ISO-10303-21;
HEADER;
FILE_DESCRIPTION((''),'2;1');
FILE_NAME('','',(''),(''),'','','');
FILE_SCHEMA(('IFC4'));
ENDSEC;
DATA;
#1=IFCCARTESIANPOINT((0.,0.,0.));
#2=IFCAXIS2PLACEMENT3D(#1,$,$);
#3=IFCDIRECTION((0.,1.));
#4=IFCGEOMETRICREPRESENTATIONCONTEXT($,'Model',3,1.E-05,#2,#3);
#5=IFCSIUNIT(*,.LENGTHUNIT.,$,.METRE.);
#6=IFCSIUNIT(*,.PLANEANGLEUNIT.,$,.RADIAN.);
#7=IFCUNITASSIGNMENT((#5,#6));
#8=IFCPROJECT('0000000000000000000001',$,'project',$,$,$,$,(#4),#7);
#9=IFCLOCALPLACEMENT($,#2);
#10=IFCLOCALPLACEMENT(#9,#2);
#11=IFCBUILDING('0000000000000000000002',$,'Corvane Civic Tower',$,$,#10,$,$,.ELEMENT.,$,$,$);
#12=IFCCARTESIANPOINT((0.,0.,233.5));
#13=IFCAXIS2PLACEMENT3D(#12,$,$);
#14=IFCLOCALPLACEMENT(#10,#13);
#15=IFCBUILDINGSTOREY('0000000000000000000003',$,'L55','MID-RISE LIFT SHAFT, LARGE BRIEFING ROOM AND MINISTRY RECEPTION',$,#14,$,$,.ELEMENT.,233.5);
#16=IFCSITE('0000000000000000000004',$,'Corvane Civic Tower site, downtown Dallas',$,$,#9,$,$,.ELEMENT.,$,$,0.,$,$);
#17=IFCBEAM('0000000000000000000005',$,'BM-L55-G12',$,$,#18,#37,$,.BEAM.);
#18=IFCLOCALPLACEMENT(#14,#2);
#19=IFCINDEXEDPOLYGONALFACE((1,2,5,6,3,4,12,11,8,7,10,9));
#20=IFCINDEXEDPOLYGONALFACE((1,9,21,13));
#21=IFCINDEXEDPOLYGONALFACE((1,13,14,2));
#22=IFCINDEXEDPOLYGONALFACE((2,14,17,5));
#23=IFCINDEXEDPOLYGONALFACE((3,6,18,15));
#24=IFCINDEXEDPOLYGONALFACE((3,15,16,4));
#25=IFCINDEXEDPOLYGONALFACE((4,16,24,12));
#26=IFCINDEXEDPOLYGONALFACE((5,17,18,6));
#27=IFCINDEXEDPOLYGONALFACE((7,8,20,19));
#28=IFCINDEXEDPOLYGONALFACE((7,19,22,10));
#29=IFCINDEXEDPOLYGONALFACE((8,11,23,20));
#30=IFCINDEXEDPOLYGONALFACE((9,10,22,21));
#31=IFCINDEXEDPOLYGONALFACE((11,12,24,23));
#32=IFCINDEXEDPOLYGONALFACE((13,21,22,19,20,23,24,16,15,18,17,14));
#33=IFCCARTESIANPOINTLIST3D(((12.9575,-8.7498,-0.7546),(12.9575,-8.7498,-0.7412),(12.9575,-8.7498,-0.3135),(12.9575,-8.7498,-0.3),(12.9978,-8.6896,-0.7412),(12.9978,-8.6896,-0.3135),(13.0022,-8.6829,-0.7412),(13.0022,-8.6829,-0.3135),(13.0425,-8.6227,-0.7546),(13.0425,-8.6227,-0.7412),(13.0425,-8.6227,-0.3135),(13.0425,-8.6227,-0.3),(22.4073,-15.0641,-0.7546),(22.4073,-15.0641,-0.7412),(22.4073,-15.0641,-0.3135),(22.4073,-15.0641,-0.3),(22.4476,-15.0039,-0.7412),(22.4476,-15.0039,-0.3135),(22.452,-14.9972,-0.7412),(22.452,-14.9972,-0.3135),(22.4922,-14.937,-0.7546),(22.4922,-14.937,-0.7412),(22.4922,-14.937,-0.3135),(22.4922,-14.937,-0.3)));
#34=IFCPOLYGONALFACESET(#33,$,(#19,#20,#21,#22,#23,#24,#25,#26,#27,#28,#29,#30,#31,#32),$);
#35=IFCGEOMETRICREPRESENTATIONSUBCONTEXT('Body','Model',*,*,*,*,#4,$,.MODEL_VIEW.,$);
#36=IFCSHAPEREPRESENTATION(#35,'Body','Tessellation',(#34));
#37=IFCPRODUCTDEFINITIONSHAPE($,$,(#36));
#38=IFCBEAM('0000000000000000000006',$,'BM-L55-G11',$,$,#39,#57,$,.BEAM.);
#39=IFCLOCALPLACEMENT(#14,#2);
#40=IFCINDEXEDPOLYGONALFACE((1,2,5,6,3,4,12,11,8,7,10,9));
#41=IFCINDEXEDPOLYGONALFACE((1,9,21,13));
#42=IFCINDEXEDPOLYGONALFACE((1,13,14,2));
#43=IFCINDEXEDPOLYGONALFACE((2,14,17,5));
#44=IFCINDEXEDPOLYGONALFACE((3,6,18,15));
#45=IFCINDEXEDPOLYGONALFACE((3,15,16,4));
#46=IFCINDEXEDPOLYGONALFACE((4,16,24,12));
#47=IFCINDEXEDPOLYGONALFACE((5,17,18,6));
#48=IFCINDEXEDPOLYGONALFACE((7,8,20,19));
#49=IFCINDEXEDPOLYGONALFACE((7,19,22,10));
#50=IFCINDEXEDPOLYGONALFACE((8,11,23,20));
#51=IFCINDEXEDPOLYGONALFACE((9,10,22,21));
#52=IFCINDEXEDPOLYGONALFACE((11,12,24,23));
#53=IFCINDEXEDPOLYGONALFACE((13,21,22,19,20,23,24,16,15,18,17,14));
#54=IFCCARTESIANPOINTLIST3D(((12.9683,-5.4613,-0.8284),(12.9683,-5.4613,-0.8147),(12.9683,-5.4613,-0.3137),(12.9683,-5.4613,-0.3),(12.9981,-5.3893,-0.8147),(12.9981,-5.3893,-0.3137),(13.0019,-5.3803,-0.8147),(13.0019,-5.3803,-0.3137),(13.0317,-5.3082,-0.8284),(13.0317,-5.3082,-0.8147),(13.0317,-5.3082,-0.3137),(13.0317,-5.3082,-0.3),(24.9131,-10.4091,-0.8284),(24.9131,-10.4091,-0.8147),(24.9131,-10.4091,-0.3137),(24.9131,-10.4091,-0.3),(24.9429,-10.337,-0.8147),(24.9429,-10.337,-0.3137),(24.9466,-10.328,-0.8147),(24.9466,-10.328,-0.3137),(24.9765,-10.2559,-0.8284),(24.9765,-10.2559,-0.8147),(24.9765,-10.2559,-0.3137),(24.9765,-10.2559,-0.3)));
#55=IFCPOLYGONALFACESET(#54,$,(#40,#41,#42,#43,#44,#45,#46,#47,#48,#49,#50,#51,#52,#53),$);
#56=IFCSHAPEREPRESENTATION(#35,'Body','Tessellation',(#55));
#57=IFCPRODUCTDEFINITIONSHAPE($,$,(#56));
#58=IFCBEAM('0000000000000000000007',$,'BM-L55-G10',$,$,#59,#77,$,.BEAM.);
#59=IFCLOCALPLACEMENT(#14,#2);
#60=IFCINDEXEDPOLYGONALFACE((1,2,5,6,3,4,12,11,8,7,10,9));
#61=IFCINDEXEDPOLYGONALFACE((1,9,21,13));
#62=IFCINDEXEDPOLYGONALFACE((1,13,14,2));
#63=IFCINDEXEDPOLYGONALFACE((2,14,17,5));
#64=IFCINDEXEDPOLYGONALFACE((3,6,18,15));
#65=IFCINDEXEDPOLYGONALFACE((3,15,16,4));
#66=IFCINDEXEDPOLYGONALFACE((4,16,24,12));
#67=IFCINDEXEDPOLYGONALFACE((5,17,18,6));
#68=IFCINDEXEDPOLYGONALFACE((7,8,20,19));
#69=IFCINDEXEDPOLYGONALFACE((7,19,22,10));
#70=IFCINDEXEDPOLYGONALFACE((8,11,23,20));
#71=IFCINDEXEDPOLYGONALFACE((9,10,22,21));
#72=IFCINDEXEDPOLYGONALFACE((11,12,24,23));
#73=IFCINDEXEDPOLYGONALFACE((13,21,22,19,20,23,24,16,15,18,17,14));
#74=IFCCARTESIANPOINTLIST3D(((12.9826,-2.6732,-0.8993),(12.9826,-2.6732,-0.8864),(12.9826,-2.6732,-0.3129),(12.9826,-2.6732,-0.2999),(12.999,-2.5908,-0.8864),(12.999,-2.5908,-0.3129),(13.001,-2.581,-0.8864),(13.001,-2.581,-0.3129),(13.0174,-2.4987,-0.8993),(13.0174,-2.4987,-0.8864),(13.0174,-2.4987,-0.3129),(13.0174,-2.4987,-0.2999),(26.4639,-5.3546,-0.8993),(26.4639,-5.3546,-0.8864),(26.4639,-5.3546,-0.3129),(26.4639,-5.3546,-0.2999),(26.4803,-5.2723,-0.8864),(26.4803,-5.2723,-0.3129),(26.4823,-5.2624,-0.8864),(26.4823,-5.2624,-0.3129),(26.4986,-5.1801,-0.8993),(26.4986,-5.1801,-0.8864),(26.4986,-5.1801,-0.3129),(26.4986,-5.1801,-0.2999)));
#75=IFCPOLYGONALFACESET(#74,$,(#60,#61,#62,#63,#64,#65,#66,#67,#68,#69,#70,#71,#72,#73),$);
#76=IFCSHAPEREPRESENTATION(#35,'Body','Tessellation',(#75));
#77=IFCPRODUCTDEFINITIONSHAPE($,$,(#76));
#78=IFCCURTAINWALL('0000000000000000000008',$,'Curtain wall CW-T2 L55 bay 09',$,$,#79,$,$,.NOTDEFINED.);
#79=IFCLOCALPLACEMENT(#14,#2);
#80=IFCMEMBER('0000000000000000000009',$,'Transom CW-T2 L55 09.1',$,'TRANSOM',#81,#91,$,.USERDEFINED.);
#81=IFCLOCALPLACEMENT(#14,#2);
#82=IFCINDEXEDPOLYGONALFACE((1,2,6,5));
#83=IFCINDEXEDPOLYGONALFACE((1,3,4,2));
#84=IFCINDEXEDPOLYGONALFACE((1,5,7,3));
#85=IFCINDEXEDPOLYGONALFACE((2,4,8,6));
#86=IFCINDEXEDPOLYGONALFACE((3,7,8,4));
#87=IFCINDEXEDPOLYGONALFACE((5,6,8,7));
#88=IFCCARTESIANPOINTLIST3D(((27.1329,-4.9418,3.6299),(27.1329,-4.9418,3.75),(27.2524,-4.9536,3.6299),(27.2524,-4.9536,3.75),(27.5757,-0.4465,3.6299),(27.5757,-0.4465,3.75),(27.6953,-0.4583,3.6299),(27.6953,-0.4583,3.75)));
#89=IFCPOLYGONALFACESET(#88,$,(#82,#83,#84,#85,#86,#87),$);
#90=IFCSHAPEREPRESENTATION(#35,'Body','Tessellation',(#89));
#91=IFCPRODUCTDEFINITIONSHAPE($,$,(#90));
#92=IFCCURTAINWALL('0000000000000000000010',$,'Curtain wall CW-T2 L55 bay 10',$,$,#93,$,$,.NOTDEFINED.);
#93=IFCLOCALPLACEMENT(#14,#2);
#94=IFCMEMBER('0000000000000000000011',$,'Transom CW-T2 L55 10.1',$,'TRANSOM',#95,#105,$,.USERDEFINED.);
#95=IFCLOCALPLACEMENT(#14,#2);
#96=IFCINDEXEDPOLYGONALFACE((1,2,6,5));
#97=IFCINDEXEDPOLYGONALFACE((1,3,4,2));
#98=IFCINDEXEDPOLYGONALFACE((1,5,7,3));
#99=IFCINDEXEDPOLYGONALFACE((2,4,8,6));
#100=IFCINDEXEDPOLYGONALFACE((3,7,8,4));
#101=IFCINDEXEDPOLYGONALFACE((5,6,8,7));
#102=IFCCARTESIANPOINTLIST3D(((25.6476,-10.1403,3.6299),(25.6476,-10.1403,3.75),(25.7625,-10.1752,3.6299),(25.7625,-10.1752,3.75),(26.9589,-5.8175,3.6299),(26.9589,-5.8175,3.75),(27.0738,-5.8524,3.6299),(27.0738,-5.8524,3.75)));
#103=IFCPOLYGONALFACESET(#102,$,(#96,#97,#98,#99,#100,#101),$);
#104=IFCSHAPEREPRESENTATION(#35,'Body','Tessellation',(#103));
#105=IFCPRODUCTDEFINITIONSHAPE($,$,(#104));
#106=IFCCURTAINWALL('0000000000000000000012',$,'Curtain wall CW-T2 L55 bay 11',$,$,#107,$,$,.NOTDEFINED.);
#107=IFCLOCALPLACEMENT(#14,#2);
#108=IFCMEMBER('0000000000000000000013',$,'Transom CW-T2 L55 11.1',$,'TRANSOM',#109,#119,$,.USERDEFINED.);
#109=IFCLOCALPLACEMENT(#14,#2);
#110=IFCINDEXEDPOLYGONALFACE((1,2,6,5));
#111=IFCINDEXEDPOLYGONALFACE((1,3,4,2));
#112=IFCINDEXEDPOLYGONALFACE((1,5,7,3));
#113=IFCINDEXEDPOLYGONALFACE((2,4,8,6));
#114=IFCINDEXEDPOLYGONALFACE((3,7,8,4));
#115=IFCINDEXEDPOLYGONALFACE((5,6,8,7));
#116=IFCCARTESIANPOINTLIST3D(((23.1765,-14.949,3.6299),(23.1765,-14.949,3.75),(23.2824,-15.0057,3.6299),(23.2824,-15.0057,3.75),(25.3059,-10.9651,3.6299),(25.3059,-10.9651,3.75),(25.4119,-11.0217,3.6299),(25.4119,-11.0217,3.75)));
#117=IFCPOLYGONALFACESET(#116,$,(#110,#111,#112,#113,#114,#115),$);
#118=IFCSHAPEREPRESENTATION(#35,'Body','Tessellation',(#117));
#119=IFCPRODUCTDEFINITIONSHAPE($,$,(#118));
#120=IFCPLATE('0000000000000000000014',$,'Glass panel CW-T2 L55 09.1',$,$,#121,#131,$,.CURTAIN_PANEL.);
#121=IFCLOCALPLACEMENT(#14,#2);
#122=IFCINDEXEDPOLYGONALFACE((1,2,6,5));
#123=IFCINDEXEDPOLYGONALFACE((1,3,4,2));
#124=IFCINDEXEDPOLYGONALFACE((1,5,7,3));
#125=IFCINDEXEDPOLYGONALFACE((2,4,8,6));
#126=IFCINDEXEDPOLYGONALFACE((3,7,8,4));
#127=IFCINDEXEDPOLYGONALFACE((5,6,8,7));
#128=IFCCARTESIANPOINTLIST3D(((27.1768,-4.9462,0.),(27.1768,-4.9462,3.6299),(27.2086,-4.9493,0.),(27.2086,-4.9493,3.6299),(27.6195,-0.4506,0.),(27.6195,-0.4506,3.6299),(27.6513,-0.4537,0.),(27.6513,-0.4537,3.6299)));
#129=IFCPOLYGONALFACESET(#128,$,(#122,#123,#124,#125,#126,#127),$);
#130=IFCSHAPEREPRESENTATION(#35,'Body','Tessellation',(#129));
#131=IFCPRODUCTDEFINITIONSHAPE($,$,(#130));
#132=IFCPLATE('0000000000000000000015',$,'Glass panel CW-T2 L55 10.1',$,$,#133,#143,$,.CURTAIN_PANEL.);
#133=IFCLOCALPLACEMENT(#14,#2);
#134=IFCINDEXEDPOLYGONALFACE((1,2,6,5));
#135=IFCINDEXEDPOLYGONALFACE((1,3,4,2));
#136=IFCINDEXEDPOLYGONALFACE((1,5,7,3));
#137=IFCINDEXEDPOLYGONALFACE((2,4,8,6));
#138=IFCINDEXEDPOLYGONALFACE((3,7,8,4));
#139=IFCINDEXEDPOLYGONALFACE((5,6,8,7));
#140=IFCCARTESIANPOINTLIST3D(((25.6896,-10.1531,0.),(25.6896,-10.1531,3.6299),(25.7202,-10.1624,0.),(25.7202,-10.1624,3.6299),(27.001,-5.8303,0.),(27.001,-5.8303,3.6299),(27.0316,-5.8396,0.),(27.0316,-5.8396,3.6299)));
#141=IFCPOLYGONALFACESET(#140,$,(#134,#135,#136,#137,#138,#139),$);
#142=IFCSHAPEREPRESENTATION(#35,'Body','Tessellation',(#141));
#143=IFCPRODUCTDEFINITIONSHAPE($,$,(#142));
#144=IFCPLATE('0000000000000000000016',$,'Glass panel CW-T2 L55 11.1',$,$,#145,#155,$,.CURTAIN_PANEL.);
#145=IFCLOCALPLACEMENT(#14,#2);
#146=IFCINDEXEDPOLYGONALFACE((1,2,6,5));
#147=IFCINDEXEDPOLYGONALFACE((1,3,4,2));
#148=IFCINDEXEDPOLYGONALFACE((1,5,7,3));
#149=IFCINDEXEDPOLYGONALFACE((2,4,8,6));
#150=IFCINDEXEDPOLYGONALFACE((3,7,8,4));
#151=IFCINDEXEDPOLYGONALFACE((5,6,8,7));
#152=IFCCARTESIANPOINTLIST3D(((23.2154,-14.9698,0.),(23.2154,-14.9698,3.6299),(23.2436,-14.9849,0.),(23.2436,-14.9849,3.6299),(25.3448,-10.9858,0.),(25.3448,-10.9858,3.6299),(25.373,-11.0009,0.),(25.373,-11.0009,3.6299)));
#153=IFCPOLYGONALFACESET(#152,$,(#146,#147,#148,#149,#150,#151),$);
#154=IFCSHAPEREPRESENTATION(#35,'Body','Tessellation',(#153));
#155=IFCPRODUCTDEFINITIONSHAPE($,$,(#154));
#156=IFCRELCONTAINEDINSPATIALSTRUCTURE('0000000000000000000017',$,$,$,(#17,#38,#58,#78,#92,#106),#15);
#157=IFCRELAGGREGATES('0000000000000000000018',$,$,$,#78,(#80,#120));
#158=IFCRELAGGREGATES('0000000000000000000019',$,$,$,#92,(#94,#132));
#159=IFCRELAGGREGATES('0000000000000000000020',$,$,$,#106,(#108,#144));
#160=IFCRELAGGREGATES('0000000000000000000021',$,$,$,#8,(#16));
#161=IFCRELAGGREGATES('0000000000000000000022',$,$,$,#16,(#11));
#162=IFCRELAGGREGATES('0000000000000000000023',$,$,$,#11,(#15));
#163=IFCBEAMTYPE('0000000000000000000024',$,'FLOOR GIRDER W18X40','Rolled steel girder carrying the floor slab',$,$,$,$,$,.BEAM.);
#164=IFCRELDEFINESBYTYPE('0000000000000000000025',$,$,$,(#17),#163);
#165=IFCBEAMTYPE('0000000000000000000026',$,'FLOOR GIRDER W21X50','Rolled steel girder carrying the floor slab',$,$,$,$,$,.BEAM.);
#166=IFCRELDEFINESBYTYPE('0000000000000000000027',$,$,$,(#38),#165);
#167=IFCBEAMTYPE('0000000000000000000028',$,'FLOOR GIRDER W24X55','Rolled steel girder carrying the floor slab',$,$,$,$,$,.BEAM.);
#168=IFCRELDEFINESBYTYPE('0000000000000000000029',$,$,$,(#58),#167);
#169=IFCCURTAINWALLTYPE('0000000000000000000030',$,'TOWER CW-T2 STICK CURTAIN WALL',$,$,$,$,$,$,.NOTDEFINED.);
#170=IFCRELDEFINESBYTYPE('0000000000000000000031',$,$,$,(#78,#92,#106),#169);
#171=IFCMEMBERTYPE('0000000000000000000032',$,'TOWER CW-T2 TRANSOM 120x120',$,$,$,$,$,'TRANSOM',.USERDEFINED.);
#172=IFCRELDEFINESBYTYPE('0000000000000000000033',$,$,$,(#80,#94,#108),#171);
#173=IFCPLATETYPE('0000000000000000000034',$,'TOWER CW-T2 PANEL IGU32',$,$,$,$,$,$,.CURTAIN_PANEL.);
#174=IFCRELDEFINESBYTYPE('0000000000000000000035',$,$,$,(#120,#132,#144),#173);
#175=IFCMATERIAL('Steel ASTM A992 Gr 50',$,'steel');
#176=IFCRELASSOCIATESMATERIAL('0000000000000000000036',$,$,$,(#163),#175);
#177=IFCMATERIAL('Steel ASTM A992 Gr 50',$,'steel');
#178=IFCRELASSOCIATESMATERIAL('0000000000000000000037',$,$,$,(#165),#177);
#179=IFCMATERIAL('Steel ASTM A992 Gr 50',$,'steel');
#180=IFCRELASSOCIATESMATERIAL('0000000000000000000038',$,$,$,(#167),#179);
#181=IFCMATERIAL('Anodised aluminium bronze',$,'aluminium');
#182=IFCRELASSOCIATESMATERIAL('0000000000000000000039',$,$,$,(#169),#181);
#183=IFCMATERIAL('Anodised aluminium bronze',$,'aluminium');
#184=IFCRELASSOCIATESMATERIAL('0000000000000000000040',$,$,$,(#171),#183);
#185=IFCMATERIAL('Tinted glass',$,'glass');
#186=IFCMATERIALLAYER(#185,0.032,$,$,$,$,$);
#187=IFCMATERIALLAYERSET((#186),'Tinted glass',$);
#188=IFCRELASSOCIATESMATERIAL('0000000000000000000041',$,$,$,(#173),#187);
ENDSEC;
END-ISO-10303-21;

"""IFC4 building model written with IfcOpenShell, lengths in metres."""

from ifc_helpers import new_model, si_unit, direction, frame, origin, origin_2d, place, context, subcontext, project, spatial, rectangle, i_section, extrude, material, layer, layer_set, material_profile, profile_set, type_object, element, aggregate, save


model = new_model("IFC4")

# Units and contexts
model_context = context("Model", 3, precision=1e-05, world=origin(), true_north=direction((0.0, 1.0)))
body_context = subcontext(model_context, "Body", "Model", "MODEL_VIEW")
ifc_project = project(units=[si_unit("LENGTHUNIT", "METRE"), si_unit("PLANEANGLEUNIT", "RADIAN")], contexts=[model_context])

# Site, building, storey
site_placement = place(None, origin())
site = spatial("IfcSite", under=ifc_project, at=site_placement, Name="Corvane Civic Tower site, downtown Dallas", CompositionType="ELEMENT", RefElevation=0.0)
building_placement = place(site_placement, origin())
building = spatial("IfcBuilding", under=site, at=building_placement, Name="Corvane Civic Tower", CompositionType="ELEMENT")
storey_placement = place(building_placement, frame((0.0, 0.0, 233.5)))
storey = spatial("IfcBuildingStorey", under=building, at=storey_placement, Name="L55", Description="MID-RISE LIFT SHAFT, LARGE BRIEFING ROOM AND MINISTRY RECEPTION", CompositionType="ELEMENT", Elevation=233.5)

# Beams
ifc_material_1 = material(Name="Steel ASTM A992 Gr 50", Category="steel")
ifc_material_profile_1 = material_profile(ifc_material_1, i_section(OverallWidth=0.1528, OverallDepth=0.4546, WebThickness=0.0081, FlangeThickness=0.0134, at=origin_2d()), Name="W18X40")
ifc_profile_set_1 = profile_set([ifc_material_profile_1], Name="Steel ASTM A992 Gr 50")
beam_type_1 = type_object("IfcBeamType", Name="FLOOR GIRDER W18X40", Description="Rolled steel girder carrying the floor slab", PredefinedType="BEAM", material=ifc_profile_set_1)
beam_1_placement = place(storey_placement, frame((13.0, -8.6863, -0.5273), z_axis=(0.831465, -0.555577, 0.0), x_axis=(0.555577, 0.831465, 0.0)))
element("IfcBeam", 1, at=beam_1_placement, inside=storey, type_object=beam_type_1, Name="BM-L55-G12", PredefinedType="BEAM", context=body_context, shape_type="SweptSolid", body=[
    extrude(i_section(OverallWidth=0.1528, OverallDepth=0.4546, WebThickness=0.0081, FlangeThickness=0.0134, at=origin_2d()), origin(), (0.0, 0.0, 1.0), 11.3652),
])
ifc_material_2 = material(Name="Steel ASTM A992 Gr 50", Category="steel")
ifc_material_profile_2 = material_profile(ifc_material_2, i_section(OverallWidth=0.1658, OverallDepth=0.5283, WebThickness=0.0098, FlangeThickness=0.0137, at=origin_2d()), Name="W21X50")
ifc_profile_set_2 = profile_set([ifc_material_profile_2], Name="Steel ASTM A992 Gr 50")
beam_type_2 = type_object("IfcBeamType", Name="FLOOR GIRDER W21X50", Description="Rolled steel girder carrying the floor slab", PredefinedType="BEAM", material=ifc_profile_set_2)
beam_2_placement = place(storey_placement, frame((13.0, -5.3848, -0.5642), z_axis=(0.923878, -0.382686, 0.0), x_axis=(0.382686, 0.923878, 0.0)))
element("IfcBeam", 2, at=beam_2_placement, inside=storey, type_object=beam_type_2, Name="BM-L55-G11", PredefinedType="BEAM", context=body_context, shape_type="SweptSolid", body=[
    extrude(i_section(OverallWidth=0.1658, OverallDepth=0.5283, WebThickness=0.0098, FlangeThickness=0.0137, at=origin_2d()), origin(), (0.0, 0.0, 1.0), 12.929),
])
ifc_material_3 = material(Name="Steel ASTM A992 Gr 50", Category="steel")
ifc_material_profile_3 = material_profile(ifc_material_3, i_section(OverallWidth=0.178, OverallDepth=0.5994, WebThickness=0.01, FlangeThickness=0.0129, at=origin_2d()), Name="W24X55")
ifc_profile_set_3 = profile_set([ifc_material_profile_3], Name="Steel ASTM A992 Gr 50")
beam_type_3 = type_object("IfcBeamType", Name="FLOOR GIRDER W24X55", Description="Rolled steel girder carrying the floor slab", PredefinedType="BEAM", material=ifc_profile_set_3)
beam_3_placement = place(storey_placement, frame((13.0, -2.5859, -0.5996), z_axis=(0.980788, -0.195078, 0.0), x_axis=(0.195078, 0.980788, 0.0)))
element("IfcBeam", 3, at=beam_3_placement, inside=storey, type_object=beam_type_3, Name="BM-L55-G10", PredefinedType="BEAM", context=body_context, shape_type="SweptSolid", body=[
    extrude(i_section(OverallWidth=0.178, OverallDepth=0.5994, WebThickness=0.01, FlangeThickness=0.0129, at=origin_2d()), origin(), (0.0, 0.0, 1.0), 13.7454),
])

# Curtain walls, members
ifc_material_4 = material(Name="Anodised aluminium bronze", Category="aluminium")
curtain_wall_type = type_object("IfcCurtainWallType", Name="TOWER CW-T2 STICK CURTAIN WALL", PredefinedType="NOTDEFINED", material=ifc_material_4)
curtain_wall_1_placement = place(storey_placement, origin())
curtain_wall_1 = element("IfcCurtainWall", 4, at=curtain_wall_1_placement, inside=storey, type_object=curtain_wall_type, Name="Curtain wall CW-T2 L55 bay 09", PredefinedType="NOTDEFINED")
ifc_material_5 = material(Name="Anodised aluminium bronze", Category="aluminium")
ifc_material_profile_4 = material_profile(ifc_material_5, rectangle(XDim=0.1201, YDim=0.1201, at=origin_2d()), Name="TOWER CW-T2 TRANSOM 120x120")
ifc_profile_set_4 = profile_set([ifc_material_profile_4], Name="Anodised aluminium bronze")
member_type = type_object("IfcMemberType", Name="TOWER CW-T2 TRANSOM 120x120", ElementType="TRANSOM", PredefinedType="USERDEFINED", material=ifc_profile_set_4)
member_1_placement = place(storey_placement, frame((27.6355, -0.4524, 3.6899), z_axis=(-0.098043, -0.995182, 0.0), x_axis=(0.995182, -0.098043, 0.0)))
member_1 = element("IfcMember", 5, at=member_1_placement, type_object=member_type, Name="Transom CW-T2 L55 09.1", ObjectType="TRANSOM", PredefinedType="USERDEFINED", context=body_context, shape_type="SweptSolid", body=[
    extrude(rectangle(XDim=0.1201, YDim=0.1201, at=origin_2d()), origin(), (0.0, 0.0, 1.0), 4.5171),
])
curtain_wall_2_placement = place(storey_placement, origin())
curtain_wall_2 = element("IfcCurtainWall", 6, at=curtain_wall_2_placement, inside=storey, type_object=curtain_wall_type, Name="Curtain wall CW-T2 L55 bay 10", PredefinedType="NOTDEFINED")
member_2_placement = place(storey_placement, frame((27.0164, -5.835, 3.6899), z_axis=(-0.290282, -0.956941, 0.0), x_axis=(0.956941, -0.290282, 0.0)))
member_2 = element("IfcMember", 7, at=member_2_placement, type_object=member_type, Name="Transom CW-T2 L55 10.1", ObjectType="TRANSOM", PredefinedType="USERDEFINED", context=body_context, shape_type="SweptSolid", body=[
    extrude(rectangle(XDim=0.1201, YDim=0.1201, at=origin_2d()), origin(), (0.0, 0.0, 1.0), 4.5173),
])
curtain_wall_3_placement = place(storey_placement, origin())
curtain_wall_3 = element("IfcCurtainWall", 8, at=curtain_wall_3_placement, inside=storey, type_object=curtain_wall_type, Name="Curtain wall CW-T2 L55 bay 11", PredefinedType="NOTDEFINED")
member_3_placement = place(storey_placement, frame((25.3589, -10.9934, 3.6899), z_axis=(-0.47139, -0.881925, 0.0), x_axis=(0.881925, -0.47139, 0.0)))
member_3 = element("IfcMember", 9, at=member_3_placement, type_object=member_type, Name="Transom CW-T2 L55 11.1", ObjectType="TRANSOM", PredefinedType="USERDEFINED", context=body_context, shape_type="SweptSolid", body=[
    extrude(rectangle(XDim=0.1201, YDim=0.1201, at=origin_2d()), origin(), (0.0, 0.0, 1.0), 4.5173),
])

# Plates
ifc_material_6 = material(Name="Tinted glass", Category="glass")
ifc_layer_1 = layer(ifc_material_6, 0.032)
ifc_layer_set_1 = layer_set([ifc_layer_1], Name="Tinted glass")
plate_type = type_object("IfcPlateType", Name="TOWER CW-T2 PANEL IGU32", PredefinedType="CURTAIN_PANEL", material=ifc_layer_set_1)
plate_1_placement = place(storey_placement, frame((27.4141, -2.7, 0.0), z_axis=(0.0, 0.0, 1.0), x_axis=(-0.097993, -0.995187, 0.0)))
plate_1 = element("IfcPlate", 10, at=plate_1_placement, type_object=plate_type, Name="Glass panel CW-T2 L55 09.1", PredefinedType="CURTAIN_PANEL", context=body_context, shape_type="SweptSolid", body=[
    extrude(rectangle(XDim=4.5173, YDim=0.032, at=origin_2d()), origin(), (0.0, 0.0, 1.0), 3.6299),
])
aggregate(curtain_wall_1, [member_1, plate_1])
plate_2_placement = place(storey_placement, frame((26.3606, -7.9963, 0.0), z_axis=(0.0, 0.0, 1.0), x_axis=(-0.29029, -0.956939, 0.0)))
plate_2 = element("IfcPlate", 11, at=plate_2_placement, type_object=plate_type, Name="Glass panel CW-T2 L55 10.1", PredefinedType="CURTAIN_PANEL", context=body_context, shape_type="SweptSolid", body=[
    extrude(rectangle(XDim=4.5173, YDim=0.032, at=origin_2d()), origin(), (0.0, 0.0, 1.0), 3.6299),
])
aggregate(curtain_wall_2, [member_2, plate_2])
plate_3_placement = place(storey_placement, frame((24.2942, -12.9854, 0.0), z_axis=(0.0, 0.0, 1.0), x_axis=(-0.471398, -0.88192, 0.0)))
plate_3 = element("IfcPlate", 12, at=plate_3_placement, type_object=plate_type, Name="Glass panel CW-T2 L55 11.1", PredefinedType="CURTAIN_PANEL", context=body_context, shape_type="SweptSolid", body=[
    extrude(rectangle(XDim=4.5173, YDim=0.032, at=origin_2d()), origin(), (0.0, 0.0, 1.0), 3.6299),
])
aggregate(curtain_wall_3, [member_3, plate_3])

save(model, "model.ifc")
